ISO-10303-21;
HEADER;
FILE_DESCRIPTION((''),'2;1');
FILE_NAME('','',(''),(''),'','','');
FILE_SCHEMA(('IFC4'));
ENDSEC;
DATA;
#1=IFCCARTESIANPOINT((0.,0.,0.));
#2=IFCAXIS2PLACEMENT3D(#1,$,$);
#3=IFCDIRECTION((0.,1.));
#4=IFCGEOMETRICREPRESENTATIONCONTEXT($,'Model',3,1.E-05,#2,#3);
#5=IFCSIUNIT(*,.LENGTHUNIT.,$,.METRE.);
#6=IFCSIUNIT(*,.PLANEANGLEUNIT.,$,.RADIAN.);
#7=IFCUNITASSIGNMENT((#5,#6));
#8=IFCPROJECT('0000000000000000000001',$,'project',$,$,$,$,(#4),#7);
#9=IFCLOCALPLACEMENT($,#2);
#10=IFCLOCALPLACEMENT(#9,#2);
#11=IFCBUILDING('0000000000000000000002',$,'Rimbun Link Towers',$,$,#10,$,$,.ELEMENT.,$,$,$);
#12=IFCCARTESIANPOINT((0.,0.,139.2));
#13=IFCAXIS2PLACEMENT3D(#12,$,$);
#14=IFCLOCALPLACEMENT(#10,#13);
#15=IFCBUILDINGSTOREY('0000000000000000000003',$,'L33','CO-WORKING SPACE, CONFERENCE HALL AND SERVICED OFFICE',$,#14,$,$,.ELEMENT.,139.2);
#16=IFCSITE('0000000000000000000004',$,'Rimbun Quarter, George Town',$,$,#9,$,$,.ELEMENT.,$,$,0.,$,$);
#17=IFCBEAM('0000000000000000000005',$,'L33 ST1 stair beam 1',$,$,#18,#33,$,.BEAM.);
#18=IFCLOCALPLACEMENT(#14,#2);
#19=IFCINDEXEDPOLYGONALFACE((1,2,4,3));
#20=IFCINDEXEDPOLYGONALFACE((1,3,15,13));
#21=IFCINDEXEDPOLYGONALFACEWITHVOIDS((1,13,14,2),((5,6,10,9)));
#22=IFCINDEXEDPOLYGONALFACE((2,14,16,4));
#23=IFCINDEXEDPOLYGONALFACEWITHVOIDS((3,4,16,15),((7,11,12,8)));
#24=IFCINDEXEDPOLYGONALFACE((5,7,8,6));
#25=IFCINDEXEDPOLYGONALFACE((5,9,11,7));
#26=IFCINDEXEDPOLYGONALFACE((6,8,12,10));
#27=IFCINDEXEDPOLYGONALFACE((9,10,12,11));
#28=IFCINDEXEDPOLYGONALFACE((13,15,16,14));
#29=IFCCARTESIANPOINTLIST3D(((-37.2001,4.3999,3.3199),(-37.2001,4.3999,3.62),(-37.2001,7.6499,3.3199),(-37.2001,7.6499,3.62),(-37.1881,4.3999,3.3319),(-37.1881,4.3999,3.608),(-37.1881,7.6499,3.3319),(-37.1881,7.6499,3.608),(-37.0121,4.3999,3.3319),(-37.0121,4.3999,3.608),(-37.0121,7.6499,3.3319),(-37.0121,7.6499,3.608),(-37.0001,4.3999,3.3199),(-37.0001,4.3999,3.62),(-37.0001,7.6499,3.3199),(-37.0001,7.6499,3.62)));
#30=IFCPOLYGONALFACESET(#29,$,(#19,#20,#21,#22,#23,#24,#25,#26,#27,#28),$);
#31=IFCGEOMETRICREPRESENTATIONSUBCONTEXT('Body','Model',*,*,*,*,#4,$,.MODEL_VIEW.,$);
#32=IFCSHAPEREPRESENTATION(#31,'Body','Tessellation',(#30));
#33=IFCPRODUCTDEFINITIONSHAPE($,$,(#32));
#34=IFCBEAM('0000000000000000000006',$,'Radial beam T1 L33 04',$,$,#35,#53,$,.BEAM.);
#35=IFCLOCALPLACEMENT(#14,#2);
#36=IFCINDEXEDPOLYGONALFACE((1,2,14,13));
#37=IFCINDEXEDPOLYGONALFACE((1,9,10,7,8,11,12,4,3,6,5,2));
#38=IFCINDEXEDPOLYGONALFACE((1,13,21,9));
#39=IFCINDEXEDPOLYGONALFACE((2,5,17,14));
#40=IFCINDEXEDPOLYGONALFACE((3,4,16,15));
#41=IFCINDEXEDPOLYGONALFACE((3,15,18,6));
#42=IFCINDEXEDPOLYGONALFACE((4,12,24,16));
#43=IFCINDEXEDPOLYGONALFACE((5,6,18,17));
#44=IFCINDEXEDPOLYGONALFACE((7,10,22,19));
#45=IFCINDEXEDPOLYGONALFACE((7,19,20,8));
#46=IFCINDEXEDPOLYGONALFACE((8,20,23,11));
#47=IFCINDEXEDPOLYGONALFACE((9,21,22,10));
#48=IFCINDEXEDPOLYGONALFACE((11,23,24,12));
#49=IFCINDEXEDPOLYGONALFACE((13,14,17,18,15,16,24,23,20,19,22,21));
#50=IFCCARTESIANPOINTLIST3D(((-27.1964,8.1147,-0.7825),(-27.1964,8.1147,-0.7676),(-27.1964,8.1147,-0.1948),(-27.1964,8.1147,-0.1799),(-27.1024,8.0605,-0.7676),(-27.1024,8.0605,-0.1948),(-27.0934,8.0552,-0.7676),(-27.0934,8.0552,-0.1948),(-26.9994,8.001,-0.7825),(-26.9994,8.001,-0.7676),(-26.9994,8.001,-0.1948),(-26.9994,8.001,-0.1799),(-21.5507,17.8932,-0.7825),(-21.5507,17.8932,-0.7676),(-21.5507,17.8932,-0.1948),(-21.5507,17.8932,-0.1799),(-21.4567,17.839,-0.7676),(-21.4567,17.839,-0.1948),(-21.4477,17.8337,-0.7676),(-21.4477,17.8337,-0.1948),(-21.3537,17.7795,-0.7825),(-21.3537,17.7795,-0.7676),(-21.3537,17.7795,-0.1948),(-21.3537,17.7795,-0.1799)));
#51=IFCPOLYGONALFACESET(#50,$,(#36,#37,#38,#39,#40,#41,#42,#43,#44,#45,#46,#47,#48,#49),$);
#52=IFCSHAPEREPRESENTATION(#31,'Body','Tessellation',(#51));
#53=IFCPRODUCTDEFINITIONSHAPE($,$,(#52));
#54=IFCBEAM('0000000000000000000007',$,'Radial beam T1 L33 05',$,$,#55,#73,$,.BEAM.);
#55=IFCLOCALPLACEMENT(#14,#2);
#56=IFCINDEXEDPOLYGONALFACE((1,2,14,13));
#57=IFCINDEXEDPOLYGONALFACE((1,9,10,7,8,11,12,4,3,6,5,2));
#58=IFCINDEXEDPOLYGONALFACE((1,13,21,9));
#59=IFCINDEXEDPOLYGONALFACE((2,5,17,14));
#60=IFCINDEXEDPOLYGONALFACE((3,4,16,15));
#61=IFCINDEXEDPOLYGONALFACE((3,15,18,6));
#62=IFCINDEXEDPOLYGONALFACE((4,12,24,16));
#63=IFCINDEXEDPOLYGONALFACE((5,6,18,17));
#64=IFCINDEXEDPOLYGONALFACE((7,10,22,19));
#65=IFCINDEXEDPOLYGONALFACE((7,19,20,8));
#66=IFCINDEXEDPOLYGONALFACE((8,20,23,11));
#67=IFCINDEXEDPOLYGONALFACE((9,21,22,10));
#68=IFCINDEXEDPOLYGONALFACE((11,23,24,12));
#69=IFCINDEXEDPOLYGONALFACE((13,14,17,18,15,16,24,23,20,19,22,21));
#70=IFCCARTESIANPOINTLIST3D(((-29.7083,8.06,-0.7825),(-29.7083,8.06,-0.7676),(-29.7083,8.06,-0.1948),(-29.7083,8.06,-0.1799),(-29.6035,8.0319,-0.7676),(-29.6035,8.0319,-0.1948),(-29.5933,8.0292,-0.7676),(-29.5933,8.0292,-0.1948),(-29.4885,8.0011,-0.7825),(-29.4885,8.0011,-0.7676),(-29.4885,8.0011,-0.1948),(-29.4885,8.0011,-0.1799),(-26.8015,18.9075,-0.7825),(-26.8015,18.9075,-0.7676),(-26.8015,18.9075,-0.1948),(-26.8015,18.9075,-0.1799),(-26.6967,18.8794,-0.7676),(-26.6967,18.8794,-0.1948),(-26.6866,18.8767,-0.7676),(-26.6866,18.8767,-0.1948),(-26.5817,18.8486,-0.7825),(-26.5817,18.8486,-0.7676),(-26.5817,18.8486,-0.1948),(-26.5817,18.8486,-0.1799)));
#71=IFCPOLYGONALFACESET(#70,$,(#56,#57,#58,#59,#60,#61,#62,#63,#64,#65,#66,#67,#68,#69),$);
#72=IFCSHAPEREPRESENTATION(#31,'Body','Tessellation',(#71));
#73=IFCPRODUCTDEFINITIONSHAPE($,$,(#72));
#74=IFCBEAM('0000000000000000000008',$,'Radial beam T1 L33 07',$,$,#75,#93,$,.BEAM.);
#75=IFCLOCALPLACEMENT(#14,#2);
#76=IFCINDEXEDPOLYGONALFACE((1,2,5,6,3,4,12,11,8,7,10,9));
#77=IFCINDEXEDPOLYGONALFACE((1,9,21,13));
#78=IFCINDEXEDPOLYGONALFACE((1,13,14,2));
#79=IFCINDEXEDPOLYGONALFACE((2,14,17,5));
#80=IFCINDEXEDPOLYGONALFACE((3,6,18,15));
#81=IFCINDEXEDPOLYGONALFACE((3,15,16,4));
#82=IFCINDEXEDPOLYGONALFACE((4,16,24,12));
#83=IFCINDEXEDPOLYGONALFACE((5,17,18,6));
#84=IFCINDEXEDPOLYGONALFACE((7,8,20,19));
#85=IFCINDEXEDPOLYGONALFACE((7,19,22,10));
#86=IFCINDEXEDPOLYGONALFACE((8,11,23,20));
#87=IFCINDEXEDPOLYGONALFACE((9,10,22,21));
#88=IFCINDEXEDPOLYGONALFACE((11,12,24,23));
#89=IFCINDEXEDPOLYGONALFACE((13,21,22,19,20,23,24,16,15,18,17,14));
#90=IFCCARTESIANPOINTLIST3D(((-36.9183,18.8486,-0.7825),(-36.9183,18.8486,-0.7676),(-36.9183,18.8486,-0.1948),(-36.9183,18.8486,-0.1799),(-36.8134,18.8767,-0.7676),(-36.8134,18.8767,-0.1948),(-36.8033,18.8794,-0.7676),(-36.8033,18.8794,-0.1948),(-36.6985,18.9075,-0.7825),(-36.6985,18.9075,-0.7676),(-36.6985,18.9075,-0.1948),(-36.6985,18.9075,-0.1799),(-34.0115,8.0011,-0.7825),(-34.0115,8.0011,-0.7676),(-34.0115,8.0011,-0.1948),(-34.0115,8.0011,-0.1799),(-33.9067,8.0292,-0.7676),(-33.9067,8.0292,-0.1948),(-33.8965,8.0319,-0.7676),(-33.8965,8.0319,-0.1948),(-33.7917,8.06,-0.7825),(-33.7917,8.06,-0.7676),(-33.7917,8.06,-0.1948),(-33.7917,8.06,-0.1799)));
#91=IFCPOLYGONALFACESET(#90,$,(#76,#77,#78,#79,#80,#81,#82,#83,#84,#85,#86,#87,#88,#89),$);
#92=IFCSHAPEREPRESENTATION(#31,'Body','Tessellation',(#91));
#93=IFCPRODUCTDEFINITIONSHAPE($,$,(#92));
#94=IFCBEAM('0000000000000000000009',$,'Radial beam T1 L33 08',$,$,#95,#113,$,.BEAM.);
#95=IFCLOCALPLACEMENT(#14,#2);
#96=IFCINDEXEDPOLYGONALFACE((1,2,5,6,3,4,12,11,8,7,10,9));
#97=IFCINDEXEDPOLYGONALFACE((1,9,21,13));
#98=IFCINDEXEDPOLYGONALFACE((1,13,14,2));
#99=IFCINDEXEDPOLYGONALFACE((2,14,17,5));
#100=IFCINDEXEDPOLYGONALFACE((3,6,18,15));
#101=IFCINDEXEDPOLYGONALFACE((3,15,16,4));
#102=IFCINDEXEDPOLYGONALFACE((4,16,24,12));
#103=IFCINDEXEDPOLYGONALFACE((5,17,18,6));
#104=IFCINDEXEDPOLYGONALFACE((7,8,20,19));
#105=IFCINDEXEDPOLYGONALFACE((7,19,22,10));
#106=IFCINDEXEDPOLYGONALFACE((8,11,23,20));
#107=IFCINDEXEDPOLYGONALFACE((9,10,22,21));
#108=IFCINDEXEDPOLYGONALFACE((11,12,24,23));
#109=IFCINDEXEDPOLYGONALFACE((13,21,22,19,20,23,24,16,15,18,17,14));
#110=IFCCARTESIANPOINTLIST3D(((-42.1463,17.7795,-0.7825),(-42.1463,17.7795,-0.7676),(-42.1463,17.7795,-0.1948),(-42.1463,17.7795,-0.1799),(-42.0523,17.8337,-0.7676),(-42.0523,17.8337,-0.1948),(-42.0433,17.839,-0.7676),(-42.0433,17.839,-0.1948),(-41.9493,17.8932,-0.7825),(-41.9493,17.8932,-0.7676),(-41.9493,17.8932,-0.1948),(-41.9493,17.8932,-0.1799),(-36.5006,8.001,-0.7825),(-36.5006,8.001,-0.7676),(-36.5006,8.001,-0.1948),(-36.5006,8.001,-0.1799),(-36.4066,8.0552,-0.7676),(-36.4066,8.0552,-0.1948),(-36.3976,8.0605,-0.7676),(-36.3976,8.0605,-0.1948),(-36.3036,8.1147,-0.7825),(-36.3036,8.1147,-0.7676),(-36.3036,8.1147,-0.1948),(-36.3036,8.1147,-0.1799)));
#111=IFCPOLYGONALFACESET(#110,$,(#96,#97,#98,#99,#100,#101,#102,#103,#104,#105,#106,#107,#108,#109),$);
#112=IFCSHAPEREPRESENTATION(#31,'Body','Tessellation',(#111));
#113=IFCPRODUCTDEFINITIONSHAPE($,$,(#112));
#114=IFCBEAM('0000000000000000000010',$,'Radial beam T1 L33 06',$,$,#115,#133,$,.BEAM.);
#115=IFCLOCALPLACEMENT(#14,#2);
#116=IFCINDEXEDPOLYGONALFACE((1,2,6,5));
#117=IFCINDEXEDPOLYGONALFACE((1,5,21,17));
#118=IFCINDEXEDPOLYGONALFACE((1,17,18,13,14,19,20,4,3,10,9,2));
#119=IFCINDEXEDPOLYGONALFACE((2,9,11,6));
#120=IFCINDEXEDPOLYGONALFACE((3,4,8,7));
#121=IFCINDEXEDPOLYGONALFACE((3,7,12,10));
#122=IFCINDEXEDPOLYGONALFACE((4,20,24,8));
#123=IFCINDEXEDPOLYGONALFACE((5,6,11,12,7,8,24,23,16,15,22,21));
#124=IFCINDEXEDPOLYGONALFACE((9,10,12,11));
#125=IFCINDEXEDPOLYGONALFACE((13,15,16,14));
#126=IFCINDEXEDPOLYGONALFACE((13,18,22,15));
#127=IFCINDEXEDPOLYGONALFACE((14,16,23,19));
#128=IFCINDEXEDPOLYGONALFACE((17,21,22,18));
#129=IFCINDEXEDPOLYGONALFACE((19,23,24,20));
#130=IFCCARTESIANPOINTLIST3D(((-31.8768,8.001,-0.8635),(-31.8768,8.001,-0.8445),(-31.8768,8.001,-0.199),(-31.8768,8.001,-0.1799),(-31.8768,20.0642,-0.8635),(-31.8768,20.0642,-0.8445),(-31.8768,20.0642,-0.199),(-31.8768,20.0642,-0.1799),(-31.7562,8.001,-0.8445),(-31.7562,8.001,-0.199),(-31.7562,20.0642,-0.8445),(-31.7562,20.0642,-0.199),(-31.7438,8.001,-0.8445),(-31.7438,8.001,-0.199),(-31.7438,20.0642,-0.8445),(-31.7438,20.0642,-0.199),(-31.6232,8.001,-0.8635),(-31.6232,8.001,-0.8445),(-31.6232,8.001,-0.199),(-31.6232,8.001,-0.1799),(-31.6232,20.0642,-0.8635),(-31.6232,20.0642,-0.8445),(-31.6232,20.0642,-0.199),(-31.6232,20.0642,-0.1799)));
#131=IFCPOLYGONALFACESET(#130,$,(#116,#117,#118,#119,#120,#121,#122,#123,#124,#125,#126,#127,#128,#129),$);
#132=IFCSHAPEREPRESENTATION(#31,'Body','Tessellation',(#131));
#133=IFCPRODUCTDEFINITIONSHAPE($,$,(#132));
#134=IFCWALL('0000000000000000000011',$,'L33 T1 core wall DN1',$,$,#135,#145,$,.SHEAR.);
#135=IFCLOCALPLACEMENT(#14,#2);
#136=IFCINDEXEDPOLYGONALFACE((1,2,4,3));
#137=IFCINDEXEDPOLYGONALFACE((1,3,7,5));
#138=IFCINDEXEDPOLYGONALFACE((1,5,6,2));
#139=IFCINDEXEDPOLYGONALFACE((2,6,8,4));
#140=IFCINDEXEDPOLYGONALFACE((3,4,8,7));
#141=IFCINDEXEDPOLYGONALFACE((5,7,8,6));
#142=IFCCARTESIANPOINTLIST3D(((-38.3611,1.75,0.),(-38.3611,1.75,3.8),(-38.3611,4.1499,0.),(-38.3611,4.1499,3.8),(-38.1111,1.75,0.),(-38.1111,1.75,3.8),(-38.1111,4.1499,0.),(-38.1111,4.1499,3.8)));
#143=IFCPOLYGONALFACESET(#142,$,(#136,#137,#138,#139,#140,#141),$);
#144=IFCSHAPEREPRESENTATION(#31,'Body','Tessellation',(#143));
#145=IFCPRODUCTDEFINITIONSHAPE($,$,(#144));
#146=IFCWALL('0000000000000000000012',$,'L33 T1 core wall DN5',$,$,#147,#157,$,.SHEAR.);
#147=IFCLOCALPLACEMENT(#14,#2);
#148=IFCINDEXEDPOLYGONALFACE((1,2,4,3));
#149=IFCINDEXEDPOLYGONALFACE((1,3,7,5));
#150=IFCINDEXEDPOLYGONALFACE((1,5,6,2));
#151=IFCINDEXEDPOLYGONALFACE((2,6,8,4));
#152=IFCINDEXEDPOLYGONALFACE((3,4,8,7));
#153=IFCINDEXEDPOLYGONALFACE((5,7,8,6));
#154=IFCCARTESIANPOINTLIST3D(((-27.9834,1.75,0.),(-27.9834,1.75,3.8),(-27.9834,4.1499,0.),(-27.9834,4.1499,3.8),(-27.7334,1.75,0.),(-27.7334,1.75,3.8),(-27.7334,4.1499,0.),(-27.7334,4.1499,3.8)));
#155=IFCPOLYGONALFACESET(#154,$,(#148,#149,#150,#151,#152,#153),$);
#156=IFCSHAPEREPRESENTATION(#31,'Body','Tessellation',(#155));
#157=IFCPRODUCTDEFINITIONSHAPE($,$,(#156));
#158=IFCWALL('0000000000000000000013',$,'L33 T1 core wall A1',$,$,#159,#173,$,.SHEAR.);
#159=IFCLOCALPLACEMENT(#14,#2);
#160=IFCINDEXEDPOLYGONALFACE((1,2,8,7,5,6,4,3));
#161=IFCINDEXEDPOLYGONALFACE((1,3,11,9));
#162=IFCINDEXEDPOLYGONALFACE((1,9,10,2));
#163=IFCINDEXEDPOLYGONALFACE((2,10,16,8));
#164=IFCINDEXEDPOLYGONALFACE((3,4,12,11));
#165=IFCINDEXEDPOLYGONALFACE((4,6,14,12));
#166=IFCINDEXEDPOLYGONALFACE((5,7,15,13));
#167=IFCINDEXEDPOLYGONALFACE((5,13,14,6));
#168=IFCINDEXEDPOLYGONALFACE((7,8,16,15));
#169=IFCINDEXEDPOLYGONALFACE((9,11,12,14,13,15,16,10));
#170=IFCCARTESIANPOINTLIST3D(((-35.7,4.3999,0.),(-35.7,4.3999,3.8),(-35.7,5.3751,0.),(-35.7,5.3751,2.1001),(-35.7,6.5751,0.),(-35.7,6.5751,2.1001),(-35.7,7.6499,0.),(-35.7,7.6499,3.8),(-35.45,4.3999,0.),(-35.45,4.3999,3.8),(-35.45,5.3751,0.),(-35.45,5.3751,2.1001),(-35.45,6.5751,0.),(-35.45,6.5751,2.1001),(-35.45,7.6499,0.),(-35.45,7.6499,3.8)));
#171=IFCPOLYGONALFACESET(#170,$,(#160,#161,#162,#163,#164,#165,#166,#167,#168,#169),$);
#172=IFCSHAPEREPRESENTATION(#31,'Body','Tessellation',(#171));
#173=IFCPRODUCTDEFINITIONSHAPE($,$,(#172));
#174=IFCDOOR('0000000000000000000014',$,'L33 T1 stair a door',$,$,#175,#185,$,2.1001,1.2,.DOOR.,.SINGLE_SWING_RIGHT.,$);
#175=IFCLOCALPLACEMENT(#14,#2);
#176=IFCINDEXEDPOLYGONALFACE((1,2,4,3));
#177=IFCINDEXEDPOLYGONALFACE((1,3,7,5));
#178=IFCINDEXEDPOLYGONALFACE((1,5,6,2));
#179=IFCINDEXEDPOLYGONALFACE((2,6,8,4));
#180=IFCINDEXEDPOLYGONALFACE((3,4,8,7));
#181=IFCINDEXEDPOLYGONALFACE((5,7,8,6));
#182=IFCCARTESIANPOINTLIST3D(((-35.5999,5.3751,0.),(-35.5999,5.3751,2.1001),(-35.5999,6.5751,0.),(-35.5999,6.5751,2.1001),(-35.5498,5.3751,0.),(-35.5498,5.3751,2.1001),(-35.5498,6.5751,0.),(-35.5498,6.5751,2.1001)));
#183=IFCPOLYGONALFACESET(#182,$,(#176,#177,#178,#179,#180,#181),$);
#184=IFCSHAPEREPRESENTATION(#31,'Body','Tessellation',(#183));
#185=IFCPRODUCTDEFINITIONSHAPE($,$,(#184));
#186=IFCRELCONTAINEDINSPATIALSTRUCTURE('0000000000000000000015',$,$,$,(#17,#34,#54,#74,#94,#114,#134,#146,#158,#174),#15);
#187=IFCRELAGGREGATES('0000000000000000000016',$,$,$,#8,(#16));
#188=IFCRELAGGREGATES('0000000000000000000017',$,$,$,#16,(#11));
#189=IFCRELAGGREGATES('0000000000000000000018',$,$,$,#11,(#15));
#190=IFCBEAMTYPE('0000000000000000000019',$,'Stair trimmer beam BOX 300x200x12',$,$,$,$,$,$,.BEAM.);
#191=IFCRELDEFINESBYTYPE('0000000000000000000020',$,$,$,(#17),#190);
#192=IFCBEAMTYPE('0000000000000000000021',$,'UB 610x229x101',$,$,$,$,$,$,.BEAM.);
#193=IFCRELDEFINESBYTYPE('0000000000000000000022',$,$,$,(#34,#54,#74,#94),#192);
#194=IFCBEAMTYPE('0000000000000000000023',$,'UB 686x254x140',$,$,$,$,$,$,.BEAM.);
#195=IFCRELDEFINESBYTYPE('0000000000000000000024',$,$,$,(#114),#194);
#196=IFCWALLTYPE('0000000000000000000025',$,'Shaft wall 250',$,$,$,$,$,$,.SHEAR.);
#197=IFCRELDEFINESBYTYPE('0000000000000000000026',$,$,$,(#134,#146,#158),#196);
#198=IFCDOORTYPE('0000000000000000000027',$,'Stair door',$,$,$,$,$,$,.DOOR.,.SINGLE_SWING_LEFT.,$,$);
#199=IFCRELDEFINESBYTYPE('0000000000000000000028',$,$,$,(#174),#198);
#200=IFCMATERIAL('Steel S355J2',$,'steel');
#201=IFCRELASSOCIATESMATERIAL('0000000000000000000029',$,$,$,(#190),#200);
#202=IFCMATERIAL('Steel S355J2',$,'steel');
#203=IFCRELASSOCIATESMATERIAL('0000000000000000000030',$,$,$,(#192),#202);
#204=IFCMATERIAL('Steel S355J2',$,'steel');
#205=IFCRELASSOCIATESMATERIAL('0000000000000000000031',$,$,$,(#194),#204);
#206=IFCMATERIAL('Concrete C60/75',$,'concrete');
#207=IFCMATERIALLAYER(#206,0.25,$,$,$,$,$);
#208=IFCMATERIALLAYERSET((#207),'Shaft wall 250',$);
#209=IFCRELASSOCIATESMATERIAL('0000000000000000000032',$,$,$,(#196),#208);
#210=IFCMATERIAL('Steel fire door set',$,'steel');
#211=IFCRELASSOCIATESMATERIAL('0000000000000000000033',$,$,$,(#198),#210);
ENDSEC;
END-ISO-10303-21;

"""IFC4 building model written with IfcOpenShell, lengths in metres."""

from ifc_helpers import new_model, si_unit, direction, frame, frame_2d, origin, origin_2d, place, context, subcontext, project, spatial, rectangle, hollow_rectangle, i_section, extrude, material, layer, layer_set, material_profile, profile_set, type_object, element, fill, save


model = new_model("IFC4")

# Units and contexts
model_context = context("Model", 3, precision=1e-05, world=origin(), true_north=direction((0.0, 1.0)))
body_context = subcontext(model_context, "Body", "Model", "MODEL_VIEW")
ifc_project = project(units=[si_unit("LENGTHUNIT", "METRE"), si_unit("PLANEANGLEUNIT", "RADIAN")], contexts=[model_context])

# Site, building, storey
site_placement = place(None, origin())
site = spatial("IfcSite", under=ifc_project, at=site_placement, Name="Rimbun Quarter, George Town", CompositionType="ELEMENT", RefElevation=0.0)
building_placement = place(site_placement, origin())
building = spatial("IfcBuilding", under=site, at=building_placement, Name="Rimbun Link Towers", CompositionType="ELEMENT")
storey_placement = place(building_placement, frame((0.0, 0.0, 139.2)))
storey = spatial("IfcBuildingStorey", under=building, at=storey_placement, Name="L33", Description="CO-WORKING SPACE, CONFERENCE HALL AND SERVICED OFFICE", CompositionType="ELEMENT", Elevation=139.2)

# Beams
ifc_material_1 = material(Name="Steel S355J2", Category="steel")
ifc_material_profile_1 = material_profile(ifc_material_1, hollow_rectangle(XDim=0.2, YDim=0.3, WallThickness=0.012, at=origin_2d()), Name="BOX 300x200x12")
ifc_profile_set_1 = profile_set([ifc_material_profile_1], Name="Steel S355J2")
beam_type_1 = type_object("IfcBeamType", Name="Stair trimmer beam BOX 300x200x12", PredefinedType="BEAM", material=ifc_profile_set_1)
beam_1_placement = place(storey_placement, frame((-37.1001, 7.6499, 3.47), z_axis=(0.0, -1.0, 0.0), x_axis=(1.0, 0.0, 0.0)))
element("IfcBeam", 1, at=beam_1_placement, inside=storey, type_object=beam_type_1, Name="L33 ST1 stair beam 1", PredefinedType="BEAM", context=body_context, shape_type="SweptSolid", body=[
    extrude(hollow_rectangle(XDim=0.2, YDim=0.3, WallThickness=0.012, at=origin_2d()), origin(), (0.0, 0.0, 1.0), 3.25),
])
ifc_material_2 = material(Name="Steel S355J2", Category="steel")
ifc_material_profile_2 = material_profile(ifc_material_2, i_section(OverallWidth=0.2275, OverallDepth=0.6025, WebThickness=0.0105, FlangeThickness=0.0149, at=origin_2d()), Name="UB 610x229x101")
ifc_profile_set_2 = profile_set([ifc_material_profile_2], Name="Steel S355J2")
beam_type_2 = type_object("IfcBeamType", Name="UB 610x229x101", PredefinedType="BEAM", material=ifc_profile_set_2)
beam_2_placement = place(storey_placement, frame((-27.0979, 8.0579, -0.4812), z_axis=(0.500006, 0.866022, 0.0), x_axis=(-0.866022, 0.500006, 0.0)))
element("IfcBeam", 2, at=beam_2_placement, inside=storey, type_object=beam_type_2, Name="Radial beam T1 L33 04", PredefinedType="BEAM", context=body_context, shape_type="SweptSolid", body=[
    extrude(i_section(OverallWidth=0.2275, OverallDepth=0.6025, WebThickness=0.0105, FlangeThickness=0.0149, at=origin_2d()), origin(), (0.0, 0.0, 1.0), 11.2913),
])
for number, where, z_axis, x_axis, name in (
    (3, (-29.5984, 8.0305, -0.4812), (0.258834, 0.965922, 0.0), (-0.965922, 0.258834, 0.0), "Radial beam T1 L33 05"),
    (4, (-33.9016, 8.0305, -0.4812), (-0.258834, 0.965922, 0.0), (-0.965922, -0.258834, 0.0), "Radial beam T1 L33 07"),
):
    element("IfcBeam", number, at=place(storey_placement, frame(where, z_axis=z_axis, x_axis=x_axis)), inside=storey, type_object=beam_type_2, Name=name, PredefinedType="BEAM", context=body_context, shape_type="SweptSolid", body=[
        extrude(i_section(OverallWidth=0.2275, OverallDepth=0.6025, WebThickness=0.0105, FlangeThickness=0.0149, at=origin_2d()), origin(), (0.0, 0.0, 1.0), 11.2302),
    ])
beam_3_placement = place(storey_placement, frame((-36.4021, 8.0579, -0.4812), z_axis=(-0.500006, 0.866022, 0.0), x_axis=(-0.866022, -0.500006, 0.0)))
element("IfcBeam", 5, at=beam_3_placement, inside=storey, type_object=beam_type_2, Name="Radial beam T1 L33 08", PredefinedType="BEAM", context=body_context, shape_type="SweptSolid", body=[
    extrude(i_section(OverallWidth=0.2275, OverallDepth=0.6025, WebThickness=0.0105, FlangeThickness=0.0149, at=origin_2d()), origin(), (0.0, 0.0, 1.0), 11.2913),
])
ifc_material_3 = material(Name="Steel S355J2", Category="steel")
ifc_material_profile_3 = material_profile(ifc_material_3, i_section(OverallWidth=0.2537, OverallDepth=0.6836, WebThickness=0.0125, FlangeThickness=0.019, at=origin_2d()), Name="UB 686x254x140")
ifc_profile_set_3 = profile_set([ifc_material_profile_3], Name="Steel S355J2")
beam_type_3 = type_object("IfcBeamType", Name="UB 686x254x140", PredefinedType="BEAM", material=ifc_profile_set_3)
beam_4_placement = place(storey_placement, frame((-31.75, 8.001, -0.5217), z_axis=(0.0, 1.0, 0.0), x_axis=(-1.0, 0.0, 0.0)))
element("IfcBeam", 6, at=beam_4_placement, inside=storey, type_object=beam_type_3, Name="Radial beam T1 L33 06", PredefinedType="BEAM", context=body_context, shape_type="SweptSolid", body=[
    extrude(i_section(OverallWidth=0.2537, OverallDepth=0.6836, WebThickness=0.0125, FlangeThickness=0.019, at=origin_2d()), origin(), (0.0, 0.0, 1.0), 12.0632),
])

# Walls
ifc_material_4 = material(Name="Concrete C60/75", Category="concrete")
ifc_layer = layer(ifc_material_4, 0.25)
ifc_layer_set = layer_set([ifc_layer], Name="Shaft wall 250")
wall_type = type_object("IfcWallType", Name="Shaft wall 250", PredefinedType="SHEAR", material=ifc_layer_set)
for number, where, z_axis, x_axis, name in (
    (7, (-38.2361, 1.75, 0.0), (0.0, 0.0, 1.0), (0.0, 1.0, 0.0), "L33 T1 core wall DN1"),
    (8, (-27.8584, 1.75, 0.0), (0.0, 0.0, 1.0), (0.0, 1.0, 0.0), "L33 T1 core wall DN5"),
):
    element("IfcWall", number, at=place(storey_placement, frame(where, z_axis=z_axis, x_axis=x_axis)), inside=storey, type_object=wall_type, Name=name, PredefinedType="SHEAR", context=body_context, shape_type="SweptSolid", body=[
        extrude(rectangle(XDim=2.3999, YDim=0.25, at=frame_2d((1.2, 0.0))), origin(), (0.0, 0.0, 1.0), 3.8),
    ])

# Wall, opening, door
wall_1_placement = place(storey_placement, frame((-35.575, 4.3999, 0.0), z_axis=(0.0, 0.0, 1.0), x_axis=(0.0, 1.0, 0.0)))
wall_1 = element("IfcWall", 9, at=wall_1_placement, inside=storey, type_object=wall_type, Name="L33 T1 core wall A1", PredefinedType="SHEAR", context=body_context, shape_type="SweptSolid", body=[
    extrude(rectangle(XDim=3.25, YDim=0.25, at=frame_2d((1.625, 0.0))), origin(), (0.0, 0.0, 1.0), 3.8),
])
opening_1_placement = place(wall_1_placement, frame((0.9751, 0.0, 0.0)))
opening_1 = element("IfcOpeningElement", 10, at=opening_1_placement, cuts=wall_1, PredefinedType="OPENING", context=body_context, shape_type="SweptSolid", body=[
    extrude(rectangle(XDim=1.2, YDim=2.1001, at=frame_2d((0.6001, 1.05))), frame((0.0, 0.135, 0.0), z_axis=(0.0, -1.0, 0.0), x_axis=(1.0, 0.0, 0.0)), (0.0, 0.0, 1.0), 0.27),
])
ifc_material_5 = material(Name="Steel fire door set", Category="steel")
door_type_1 = type_object("IfcDoorType", Name="Stair door", OperationType="SINGLE_SWING_LEFT", PredefinedType="DOOR", material=ifc_material_5)
door_1_placement = place(opening_1_placement, origin())
door_1 = element("IfcDoor", 11, at=door_1_placement, inside=storey, type_object=door_type_1, Name="L33 T1 stair a door", OperationType="SINGLE_SWING_RIGHT", OverallHeight=2.1001, OverallWidth=1.2, PredefinedType="DOOR", context=body_context, shape_type="SweptSolid", body=[
    extrude(rectangle(XDim=1.2, YDim=2.1001, at=frame_2d((0.6001, 1.05))), frame((0.0, 0.0249, 0.0), z_axis=(0.0, -1.0, 0.0), x_axis=(1.0, 0.0, 0.0)), (0.0, 0.0, 1.0), 0.05),
])
fill(opening_1, door_1)

save(model, "model.ifc")
